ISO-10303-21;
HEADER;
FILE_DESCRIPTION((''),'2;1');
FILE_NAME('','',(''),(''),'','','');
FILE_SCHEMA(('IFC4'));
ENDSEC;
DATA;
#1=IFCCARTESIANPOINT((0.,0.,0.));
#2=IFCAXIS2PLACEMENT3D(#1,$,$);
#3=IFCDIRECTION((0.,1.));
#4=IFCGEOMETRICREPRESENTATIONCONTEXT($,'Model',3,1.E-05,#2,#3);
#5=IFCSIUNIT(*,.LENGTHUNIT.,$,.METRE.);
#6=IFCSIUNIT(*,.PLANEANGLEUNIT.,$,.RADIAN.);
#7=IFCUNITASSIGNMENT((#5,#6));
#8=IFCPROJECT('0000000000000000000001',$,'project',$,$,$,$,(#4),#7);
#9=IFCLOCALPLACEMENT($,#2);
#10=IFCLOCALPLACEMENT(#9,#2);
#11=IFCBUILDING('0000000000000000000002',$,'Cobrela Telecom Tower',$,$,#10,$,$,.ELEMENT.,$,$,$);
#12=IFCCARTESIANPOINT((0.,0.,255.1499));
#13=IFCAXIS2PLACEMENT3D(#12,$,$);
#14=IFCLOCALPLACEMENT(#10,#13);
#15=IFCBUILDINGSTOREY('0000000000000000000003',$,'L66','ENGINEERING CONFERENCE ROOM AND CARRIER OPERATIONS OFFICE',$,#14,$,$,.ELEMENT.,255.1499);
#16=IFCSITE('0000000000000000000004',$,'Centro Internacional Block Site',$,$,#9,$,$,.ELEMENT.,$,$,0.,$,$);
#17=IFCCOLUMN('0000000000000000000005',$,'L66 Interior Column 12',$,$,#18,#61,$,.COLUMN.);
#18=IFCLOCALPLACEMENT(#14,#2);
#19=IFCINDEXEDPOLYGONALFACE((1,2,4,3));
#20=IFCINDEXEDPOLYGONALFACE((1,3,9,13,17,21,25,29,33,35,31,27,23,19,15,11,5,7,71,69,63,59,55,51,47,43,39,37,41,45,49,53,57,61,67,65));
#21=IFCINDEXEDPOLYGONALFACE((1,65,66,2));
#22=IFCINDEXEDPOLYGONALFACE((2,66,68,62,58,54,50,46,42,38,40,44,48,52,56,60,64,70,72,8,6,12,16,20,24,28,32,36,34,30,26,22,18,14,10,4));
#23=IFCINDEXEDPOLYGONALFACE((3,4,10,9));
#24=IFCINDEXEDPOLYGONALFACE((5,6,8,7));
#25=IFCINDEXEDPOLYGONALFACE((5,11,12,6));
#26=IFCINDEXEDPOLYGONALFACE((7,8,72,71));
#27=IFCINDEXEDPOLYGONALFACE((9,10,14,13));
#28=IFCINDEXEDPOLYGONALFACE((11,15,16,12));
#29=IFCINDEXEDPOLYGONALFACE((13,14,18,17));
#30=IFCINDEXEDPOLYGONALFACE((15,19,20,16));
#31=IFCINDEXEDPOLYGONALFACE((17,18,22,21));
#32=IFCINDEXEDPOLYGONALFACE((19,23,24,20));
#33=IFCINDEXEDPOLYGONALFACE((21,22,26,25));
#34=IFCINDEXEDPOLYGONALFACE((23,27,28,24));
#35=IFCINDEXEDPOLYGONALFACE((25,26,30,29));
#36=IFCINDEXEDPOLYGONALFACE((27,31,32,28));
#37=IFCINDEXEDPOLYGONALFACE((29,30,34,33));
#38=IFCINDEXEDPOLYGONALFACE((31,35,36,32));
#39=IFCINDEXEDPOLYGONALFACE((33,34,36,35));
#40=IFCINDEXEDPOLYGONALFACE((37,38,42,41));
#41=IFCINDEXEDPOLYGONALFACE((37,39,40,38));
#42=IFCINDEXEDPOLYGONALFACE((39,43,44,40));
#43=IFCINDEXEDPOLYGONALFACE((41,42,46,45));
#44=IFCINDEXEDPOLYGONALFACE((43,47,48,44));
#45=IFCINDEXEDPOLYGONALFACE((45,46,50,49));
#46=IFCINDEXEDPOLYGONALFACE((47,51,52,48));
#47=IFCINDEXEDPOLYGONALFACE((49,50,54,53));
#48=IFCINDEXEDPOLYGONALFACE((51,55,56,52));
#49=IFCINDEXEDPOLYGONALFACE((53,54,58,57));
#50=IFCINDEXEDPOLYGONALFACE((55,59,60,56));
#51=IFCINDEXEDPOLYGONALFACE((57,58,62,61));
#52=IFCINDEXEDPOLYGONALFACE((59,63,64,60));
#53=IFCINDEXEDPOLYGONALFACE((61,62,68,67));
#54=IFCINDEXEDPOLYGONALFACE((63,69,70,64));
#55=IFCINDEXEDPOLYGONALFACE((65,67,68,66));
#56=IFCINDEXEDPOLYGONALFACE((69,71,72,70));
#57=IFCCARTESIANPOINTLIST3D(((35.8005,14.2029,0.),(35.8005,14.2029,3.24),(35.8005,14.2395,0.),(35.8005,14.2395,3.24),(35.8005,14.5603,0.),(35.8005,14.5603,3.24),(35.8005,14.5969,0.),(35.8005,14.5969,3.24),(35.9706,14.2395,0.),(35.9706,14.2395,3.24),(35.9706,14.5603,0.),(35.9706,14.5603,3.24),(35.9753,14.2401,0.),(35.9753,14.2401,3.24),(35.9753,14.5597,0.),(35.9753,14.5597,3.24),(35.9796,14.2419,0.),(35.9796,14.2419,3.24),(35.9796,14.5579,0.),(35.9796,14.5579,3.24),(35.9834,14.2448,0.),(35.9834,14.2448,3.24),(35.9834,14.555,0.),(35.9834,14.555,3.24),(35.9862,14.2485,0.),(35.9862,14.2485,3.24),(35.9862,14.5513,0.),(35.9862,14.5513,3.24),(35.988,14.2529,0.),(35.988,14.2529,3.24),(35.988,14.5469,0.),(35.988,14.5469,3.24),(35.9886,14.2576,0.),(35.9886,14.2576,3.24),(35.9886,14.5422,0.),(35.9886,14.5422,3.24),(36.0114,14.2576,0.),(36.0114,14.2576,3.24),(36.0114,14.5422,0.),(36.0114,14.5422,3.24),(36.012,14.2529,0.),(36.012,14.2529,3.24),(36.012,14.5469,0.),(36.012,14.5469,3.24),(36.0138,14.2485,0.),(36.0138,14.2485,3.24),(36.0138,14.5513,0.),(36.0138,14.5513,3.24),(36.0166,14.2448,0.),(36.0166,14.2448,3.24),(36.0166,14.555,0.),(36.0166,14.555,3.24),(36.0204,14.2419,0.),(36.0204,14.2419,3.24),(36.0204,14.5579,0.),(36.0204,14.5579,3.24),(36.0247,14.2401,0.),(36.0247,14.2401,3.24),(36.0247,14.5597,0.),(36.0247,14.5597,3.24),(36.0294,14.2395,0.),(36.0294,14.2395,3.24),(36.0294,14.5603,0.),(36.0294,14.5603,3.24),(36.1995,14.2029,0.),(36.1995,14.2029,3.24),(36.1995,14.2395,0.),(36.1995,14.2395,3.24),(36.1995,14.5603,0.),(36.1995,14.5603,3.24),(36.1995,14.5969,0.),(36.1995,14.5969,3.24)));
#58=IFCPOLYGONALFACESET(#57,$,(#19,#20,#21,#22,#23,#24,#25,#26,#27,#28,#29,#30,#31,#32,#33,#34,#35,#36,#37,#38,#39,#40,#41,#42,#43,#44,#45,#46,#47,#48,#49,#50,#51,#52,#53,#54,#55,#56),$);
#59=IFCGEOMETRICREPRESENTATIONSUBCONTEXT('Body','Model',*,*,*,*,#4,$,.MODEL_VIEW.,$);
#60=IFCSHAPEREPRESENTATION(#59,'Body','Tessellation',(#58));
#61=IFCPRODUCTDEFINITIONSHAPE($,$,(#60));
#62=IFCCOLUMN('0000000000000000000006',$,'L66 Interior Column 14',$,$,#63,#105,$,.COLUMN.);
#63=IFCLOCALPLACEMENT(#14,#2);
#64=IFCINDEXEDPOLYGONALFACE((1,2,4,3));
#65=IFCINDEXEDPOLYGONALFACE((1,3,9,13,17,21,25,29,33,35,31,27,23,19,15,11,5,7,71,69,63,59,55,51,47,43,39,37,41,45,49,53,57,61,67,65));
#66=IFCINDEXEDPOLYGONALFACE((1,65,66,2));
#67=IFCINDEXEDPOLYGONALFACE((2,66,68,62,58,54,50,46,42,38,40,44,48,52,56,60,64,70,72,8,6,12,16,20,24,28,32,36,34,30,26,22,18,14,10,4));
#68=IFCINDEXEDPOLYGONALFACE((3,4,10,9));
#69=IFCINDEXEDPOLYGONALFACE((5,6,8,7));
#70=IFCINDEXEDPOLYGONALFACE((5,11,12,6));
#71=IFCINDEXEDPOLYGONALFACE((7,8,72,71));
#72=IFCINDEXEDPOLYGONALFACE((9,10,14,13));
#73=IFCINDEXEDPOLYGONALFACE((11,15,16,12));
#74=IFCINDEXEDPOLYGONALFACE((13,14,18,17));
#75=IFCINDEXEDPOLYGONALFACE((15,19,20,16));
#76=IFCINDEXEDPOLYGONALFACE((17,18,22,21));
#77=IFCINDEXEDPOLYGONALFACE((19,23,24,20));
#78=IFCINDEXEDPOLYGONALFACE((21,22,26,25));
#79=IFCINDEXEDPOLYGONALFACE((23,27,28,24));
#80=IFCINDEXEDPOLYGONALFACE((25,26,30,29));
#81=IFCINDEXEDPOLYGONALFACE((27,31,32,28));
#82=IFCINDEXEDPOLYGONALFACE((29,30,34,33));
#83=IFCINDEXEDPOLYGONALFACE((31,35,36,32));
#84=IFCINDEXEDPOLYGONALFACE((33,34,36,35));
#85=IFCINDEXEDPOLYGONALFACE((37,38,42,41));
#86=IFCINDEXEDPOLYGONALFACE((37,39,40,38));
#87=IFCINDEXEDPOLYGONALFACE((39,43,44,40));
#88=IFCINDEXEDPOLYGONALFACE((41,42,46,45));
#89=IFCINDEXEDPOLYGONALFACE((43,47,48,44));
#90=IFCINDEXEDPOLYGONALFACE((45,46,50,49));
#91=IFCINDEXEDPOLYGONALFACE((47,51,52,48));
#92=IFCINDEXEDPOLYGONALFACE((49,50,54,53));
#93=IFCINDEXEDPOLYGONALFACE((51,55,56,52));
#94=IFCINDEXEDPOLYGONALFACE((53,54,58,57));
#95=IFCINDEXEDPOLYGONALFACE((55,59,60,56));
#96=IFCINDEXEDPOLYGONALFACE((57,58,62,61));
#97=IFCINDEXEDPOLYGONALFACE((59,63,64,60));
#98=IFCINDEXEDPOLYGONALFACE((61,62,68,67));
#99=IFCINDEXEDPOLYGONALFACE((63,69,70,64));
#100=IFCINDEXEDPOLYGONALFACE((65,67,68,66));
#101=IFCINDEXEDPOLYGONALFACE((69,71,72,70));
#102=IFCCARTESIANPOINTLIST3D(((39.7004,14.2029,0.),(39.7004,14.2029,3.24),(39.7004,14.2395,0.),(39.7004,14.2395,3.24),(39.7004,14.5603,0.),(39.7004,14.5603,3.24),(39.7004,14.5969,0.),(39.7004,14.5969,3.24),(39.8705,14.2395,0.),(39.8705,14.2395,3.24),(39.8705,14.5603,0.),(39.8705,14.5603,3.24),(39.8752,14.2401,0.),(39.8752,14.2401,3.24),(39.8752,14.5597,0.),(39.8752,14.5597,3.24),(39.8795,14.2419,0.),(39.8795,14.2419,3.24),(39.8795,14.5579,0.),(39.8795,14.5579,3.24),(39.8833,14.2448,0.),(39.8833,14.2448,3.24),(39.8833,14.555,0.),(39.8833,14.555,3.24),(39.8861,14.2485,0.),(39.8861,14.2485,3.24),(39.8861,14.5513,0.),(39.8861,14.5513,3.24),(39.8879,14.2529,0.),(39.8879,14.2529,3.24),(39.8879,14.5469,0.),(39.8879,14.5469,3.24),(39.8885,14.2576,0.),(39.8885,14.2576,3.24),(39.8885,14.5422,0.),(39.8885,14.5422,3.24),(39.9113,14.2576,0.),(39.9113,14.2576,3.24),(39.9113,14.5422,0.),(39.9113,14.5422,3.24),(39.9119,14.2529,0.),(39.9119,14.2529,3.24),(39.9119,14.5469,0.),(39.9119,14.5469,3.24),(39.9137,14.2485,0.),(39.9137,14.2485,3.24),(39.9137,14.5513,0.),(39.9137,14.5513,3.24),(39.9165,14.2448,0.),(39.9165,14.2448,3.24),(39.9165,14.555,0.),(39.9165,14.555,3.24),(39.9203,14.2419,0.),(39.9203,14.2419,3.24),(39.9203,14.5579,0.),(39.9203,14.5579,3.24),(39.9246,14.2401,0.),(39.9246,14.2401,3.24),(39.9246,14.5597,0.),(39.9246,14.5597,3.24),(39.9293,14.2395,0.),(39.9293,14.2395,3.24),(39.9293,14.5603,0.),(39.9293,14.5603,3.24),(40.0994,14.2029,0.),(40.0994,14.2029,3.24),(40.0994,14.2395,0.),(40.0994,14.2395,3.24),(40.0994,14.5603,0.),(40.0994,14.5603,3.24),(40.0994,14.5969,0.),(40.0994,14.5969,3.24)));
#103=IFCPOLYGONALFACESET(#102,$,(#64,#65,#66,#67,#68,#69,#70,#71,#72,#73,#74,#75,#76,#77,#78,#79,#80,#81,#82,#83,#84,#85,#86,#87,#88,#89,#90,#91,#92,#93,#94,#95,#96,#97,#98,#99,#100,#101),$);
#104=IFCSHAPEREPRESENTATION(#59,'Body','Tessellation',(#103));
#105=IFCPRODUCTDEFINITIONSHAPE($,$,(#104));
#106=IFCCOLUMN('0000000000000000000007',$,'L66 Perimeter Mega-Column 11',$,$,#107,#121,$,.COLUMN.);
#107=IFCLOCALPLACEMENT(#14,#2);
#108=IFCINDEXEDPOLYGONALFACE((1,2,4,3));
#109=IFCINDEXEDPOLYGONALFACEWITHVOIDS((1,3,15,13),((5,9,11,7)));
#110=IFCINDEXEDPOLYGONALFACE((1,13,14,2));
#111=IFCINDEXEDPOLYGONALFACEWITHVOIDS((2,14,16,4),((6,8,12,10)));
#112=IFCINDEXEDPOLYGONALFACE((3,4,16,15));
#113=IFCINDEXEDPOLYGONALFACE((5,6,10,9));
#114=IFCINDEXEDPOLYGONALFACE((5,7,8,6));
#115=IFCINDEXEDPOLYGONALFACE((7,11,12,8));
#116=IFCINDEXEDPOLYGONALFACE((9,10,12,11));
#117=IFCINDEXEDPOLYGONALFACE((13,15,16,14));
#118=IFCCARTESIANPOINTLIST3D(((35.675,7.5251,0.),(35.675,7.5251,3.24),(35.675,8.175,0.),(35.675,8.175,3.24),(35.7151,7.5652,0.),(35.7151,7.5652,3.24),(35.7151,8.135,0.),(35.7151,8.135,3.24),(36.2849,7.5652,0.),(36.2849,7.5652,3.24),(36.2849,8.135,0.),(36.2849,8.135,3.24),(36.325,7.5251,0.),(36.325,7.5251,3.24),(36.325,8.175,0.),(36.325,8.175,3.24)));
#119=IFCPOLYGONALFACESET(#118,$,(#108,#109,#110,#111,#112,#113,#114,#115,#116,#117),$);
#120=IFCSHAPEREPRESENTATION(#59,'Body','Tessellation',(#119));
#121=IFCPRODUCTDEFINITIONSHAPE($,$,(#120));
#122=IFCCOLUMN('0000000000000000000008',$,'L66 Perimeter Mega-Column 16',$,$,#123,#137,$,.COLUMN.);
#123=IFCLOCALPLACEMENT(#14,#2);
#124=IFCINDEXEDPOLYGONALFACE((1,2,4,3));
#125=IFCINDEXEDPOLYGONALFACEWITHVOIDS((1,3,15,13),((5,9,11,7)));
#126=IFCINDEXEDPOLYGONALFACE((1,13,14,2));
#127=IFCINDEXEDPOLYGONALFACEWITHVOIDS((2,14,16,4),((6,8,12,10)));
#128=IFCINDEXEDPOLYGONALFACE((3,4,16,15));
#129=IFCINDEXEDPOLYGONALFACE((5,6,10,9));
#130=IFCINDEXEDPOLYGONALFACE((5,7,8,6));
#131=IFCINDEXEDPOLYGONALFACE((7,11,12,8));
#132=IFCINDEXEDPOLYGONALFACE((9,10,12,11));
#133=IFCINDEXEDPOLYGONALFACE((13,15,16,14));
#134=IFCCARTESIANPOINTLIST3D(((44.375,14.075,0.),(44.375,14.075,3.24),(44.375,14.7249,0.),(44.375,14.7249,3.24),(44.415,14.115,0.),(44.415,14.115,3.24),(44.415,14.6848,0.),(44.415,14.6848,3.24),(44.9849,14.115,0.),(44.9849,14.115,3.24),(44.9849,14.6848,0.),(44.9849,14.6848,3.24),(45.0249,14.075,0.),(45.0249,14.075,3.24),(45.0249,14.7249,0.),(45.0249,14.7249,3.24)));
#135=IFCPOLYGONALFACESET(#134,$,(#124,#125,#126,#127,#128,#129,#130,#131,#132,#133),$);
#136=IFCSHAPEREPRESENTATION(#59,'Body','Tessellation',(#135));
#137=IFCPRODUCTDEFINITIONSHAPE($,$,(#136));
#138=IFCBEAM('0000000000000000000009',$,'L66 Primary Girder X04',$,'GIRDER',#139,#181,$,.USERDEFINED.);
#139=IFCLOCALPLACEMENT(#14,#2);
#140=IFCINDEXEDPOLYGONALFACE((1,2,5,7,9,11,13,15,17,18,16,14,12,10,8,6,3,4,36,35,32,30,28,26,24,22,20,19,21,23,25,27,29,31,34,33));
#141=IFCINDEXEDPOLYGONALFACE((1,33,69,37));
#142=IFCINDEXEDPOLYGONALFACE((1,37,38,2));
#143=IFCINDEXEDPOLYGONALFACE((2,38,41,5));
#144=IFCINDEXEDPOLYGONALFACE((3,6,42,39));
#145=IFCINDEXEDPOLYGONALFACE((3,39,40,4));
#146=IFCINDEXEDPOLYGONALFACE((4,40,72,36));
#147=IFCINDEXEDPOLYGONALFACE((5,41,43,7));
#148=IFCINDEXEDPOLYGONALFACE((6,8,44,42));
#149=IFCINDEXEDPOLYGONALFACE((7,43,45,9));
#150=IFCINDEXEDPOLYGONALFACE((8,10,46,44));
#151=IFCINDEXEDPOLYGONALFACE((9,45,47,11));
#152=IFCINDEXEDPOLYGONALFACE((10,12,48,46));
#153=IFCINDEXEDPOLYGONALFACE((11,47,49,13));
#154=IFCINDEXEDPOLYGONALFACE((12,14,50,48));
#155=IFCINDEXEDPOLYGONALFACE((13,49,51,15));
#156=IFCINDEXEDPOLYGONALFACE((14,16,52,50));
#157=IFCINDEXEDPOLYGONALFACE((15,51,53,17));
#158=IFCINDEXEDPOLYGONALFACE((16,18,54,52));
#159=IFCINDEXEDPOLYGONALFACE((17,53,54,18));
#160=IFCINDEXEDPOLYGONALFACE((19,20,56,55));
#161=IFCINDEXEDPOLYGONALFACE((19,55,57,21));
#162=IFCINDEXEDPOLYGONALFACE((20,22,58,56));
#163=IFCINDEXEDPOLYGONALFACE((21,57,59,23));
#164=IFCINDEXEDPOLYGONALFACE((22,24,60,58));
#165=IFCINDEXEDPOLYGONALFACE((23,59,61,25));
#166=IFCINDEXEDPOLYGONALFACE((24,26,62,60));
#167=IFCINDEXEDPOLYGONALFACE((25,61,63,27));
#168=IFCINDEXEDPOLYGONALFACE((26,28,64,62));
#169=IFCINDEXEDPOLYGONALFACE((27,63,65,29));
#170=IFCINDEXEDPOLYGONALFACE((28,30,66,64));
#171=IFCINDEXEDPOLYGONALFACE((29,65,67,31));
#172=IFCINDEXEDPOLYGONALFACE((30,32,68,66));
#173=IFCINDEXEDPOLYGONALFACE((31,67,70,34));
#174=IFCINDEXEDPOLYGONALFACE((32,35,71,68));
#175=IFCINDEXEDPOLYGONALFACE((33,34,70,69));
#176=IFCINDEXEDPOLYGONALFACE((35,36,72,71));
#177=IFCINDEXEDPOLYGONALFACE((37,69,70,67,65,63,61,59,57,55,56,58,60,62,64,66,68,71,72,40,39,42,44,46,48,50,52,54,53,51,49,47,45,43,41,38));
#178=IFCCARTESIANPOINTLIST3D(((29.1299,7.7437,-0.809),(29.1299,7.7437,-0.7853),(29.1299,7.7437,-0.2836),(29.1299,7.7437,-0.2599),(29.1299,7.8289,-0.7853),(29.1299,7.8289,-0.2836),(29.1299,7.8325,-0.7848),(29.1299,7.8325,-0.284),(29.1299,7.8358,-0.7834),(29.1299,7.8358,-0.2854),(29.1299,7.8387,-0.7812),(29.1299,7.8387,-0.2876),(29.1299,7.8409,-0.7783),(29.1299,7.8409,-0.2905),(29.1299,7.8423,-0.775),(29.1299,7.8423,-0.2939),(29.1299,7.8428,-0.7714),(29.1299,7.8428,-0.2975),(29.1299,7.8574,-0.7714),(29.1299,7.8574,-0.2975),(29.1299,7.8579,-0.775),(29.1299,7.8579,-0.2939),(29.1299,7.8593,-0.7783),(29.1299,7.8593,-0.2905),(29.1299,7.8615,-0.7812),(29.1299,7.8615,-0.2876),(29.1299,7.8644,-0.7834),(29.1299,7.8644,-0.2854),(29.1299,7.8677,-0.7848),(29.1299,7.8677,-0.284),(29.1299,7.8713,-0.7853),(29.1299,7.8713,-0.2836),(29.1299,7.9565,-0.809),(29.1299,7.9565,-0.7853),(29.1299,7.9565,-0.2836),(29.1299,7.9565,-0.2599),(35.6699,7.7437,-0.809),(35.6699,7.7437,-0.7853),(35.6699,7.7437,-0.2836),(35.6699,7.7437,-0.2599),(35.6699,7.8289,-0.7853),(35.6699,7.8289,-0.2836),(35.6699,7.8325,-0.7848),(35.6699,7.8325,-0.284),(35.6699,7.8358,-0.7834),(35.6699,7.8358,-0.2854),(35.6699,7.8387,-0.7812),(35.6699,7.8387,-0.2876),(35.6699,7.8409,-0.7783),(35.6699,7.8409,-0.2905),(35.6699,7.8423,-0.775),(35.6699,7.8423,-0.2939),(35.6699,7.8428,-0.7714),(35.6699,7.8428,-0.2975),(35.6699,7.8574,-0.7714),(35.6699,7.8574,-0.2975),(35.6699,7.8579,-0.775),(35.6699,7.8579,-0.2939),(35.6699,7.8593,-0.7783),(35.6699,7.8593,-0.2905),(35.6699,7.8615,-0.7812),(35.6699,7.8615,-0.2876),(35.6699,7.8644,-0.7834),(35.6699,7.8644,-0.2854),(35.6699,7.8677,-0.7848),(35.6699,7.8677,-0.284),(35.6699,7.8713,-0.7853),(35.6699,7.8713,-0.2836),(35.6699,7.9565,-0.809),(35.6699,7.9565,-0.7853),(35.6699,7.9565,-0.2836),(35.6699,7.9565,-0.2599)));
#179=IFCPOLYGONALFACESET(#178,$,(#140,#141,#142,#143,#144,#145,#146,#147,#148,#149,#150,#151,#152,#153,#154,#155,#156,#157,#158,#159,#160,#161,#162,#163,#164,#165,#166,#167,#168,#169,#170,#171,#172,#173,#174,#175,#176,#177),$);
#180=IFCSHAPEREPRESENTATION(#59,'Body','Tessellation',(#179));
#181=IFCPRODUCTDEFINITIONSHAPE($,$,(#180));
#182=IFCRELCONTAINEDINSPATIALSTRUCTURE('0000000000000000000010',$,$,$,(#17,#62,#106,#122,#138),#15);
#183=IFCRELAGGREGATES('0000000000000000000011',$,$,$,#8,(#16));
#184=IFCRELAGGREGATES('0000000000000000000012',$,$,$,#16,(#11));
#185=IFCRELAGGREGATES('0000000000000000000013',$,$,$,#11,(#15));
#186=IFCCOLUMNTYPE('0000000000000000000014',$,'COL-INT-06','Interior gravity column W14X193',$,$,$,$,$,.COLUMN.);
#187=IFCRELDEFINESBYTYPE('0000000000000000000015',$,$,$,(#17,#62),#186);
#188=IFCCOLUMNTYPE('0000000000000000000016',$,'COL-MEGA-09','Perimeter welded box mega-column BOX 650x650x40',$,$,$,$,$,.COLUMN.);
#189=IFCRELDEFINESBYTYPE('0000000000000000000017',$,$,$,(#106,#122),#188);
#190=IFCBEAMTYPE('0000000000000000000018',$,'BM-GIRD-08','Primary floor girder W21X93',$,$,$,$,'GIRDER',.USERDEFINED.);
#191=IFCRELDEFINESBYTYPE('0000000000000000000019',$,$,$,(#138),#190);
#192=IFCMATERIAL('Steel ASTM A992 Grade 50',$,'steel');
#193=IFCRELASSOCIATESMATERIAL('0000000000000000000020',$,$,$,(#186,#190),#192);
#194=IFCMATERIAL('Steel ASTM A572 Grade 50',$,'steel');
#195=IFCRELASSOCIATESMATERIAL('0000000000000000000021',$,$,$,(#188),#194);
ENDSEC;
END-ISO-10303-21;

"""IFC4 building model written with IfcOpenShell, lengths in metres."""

from ifc_helpers import new_model, si_unit, direction, frame, origin, origin_2d, place, context, subcontext, project, spatial, hollow_rectangle, i_section, extrude, material, material_profile, profile_set, type_object, element, save


model = new_model("IFC4")

# Units and contexts
model_context = context("Model", 3, precision=1e-05, world=origin(), true_north=direction((0.0, 1.0)))
body_context = subcontext(model_context, "Body", "Model", "MODEL_VIEW")
ifc_project = project(units=[si_unit("LENGTHUNIT", "METRE"), si_unit("PLANEANGLEUNIT", "RADIAN")], contexts=[model_context])

# Site, building, storey
site_placement = place(None, origin())
site = spatial("IfcSite", under=ifc_project, at=site_placement, Name="Centro Internacional Block Site", CompositionType="ELEMENT", RefElevation=0.0)
building_placement = place(site_placement, origin())
building = spatial("IfcBuilding", under=site, at=building_placement, Name="Cobrela Telecom Tower", CompositionType="ELEMENT")
storey_placement = place(building_placement, frame((0.0, 0.0, 255.1499)))
storey = spatial("IfcBuildingStorey", under=building, at=storey_placement, Name="L66", Description="ENGINEERING CONFERENCE ROOM AND CARRIER OPERATIONS OFFICE", CompositionType="ELEMENT", Elevation=255.1499)

# Columns
ifc_material_1 = material(Name="Steel ASTM A992 Grade 50", Category="steel")
ifc_material_profile_1 = material_profile(ifc_material_1, i_section(OverallWidth=0.3989, OverallDepth=0.394, WebThickness=0.0227, FlangeThickness=0.0366, FilletRadius=0.0181, at=origin_2d()), Name="W14X193")
ifc_profile_set_1 = profile_set([ifc_material_profile_1], Name="Steel ASTM A992 Grade 50")
column_type_1 = type_object("IfcColumnType", Name="COL-INT-06", Description="Interior gravity column W14X193", PredefinedType="COLUMN", material=ifc_profile_set_1)
for number, where, z_axis, x_axis, name in (
    (1, (36.0, 14.3999, 0.0), (0.0, 0.0, 1.0), (1.0, 0.0, 0.0), "L66 Interior Column 12"),
    (2, (39.8999, 14.3999, 0.0), (0.0, 0.0, 1.0), (1.0, 0.0, 0.0), "L66 Interior Column 14"),
):
    element("IfcColumn", number, at=place(storey_placement, frame(where, z_axis=z_axis, x_axis=x_axis)), inside=storey, type_object=column_type_1, Name=name, PredefinedType="COLUMN", context=body_context, shape_type="SweptSolid", body=[
        extrude(i_section(OverallWidth=0.3989, OverallDepth=0.394, WebThickness=0.0227, FlangeThickness=0.0366, FilletRadius=0.0181, at=origin_2d()), origin(), (0.0, 0.0, 1.0), 3.24),
    ])
ifc_material_2 = material(Name="Steel ASTM A572 Grade 50", Category="steel")
ifc_material_profile_2 = material_profile(ifc_material_2, hollow_rectangle(XDim=0.6499, YDim=0.6499, WallThickness=0.04, at=origin_2d()), Name="BOX 650x650x40")
ifc_profile_set_2 = profile_set([ifc_material_profile_2], Name="Steel ASTM A572 Grade 50")
column_type_2 = type_object("IfcColumnType", Name="COL-MEGA-09", Description="Perimeter welded box mega-column BOX 650x650x40", PredefinedType="COLUMN", material=ifc_profile_set_2)
for number, where, z_axis, x_axis, name in (
    (3, (36.0, 7.8501, 0.0), (0.0, 0.0, 1.0), (1.0, 0.0, 0.0), "L66 Perimeter Mega-Column 11"),
    (4, (44.7, 14.3999, 0.0), (0.0, 0.0, 1.0), (1.0, 0.0, 0.0), "L66 Perimeter Mega-Column 16"),
):
    element("IfcColumn", number, at=place(storey_placement, frame(where, z_axis=z_axis, x_axis=x_axis)), inside=storey, type_object=column_type_2, Name=name, PredefinedType="COLUMN", context=body_context, shape_type="SweptSolid", body=[
        extrude(hollow_rectangle(XDim=0.6499, YDim=0.6499, WallThickness=0.04, at=origin_2d()), origin(), (0.0, 0.0, 1.0), 3.24),
    ])

# Beam
ifc_material_profile_3 = material_profile(ifc_material_1, i_section(OverallWidth=0.2129, OverallDepth=0.5491, WebThickness=0.0146, FlangeThickness=0.0237, FilletRadius=0.0139, at=origin_2d()), Name="W21X93")
ifc_profile_set_3 = profile_set([ifc_material_profile_3], Name="Steel ASTM A992 Grade 50")
beam_type_1 = type_object("IfcBeamType", Name="BM-GIRD-08", Description="Primary floor girder W21X93", ElementType="GIRDER", PredefinedType="USERDEFINED", material=ifc_profile_set_3)
beam_1_placement = place(storey_placement, frame((29.1299, 7.8501, -0.5344), z_axis=(1.0, 0.0, 0.0), x_axis=(0.0, 1.0, 0.0)))
element("IfcBeam", 5, at=beam_1_placement, inside=storey, type_object=beam_type_1, Name="L66 Primary Girder X04", ObjectType="GIRDER", PredefinedType="USERDEFINED", context=body_context, shape_type="SweptSolid", body=[
    extrude(i_section(OverallWidth=0.2129, OverallDepth=0.5491, WebThickness=0.0146, FlangeThickness=0.0237, FilletRadius=0.0139, at=origin_2d()), origin(), (0.0, 0.0, 1.0), 6.54),
])

save(model, "model.ifc")
